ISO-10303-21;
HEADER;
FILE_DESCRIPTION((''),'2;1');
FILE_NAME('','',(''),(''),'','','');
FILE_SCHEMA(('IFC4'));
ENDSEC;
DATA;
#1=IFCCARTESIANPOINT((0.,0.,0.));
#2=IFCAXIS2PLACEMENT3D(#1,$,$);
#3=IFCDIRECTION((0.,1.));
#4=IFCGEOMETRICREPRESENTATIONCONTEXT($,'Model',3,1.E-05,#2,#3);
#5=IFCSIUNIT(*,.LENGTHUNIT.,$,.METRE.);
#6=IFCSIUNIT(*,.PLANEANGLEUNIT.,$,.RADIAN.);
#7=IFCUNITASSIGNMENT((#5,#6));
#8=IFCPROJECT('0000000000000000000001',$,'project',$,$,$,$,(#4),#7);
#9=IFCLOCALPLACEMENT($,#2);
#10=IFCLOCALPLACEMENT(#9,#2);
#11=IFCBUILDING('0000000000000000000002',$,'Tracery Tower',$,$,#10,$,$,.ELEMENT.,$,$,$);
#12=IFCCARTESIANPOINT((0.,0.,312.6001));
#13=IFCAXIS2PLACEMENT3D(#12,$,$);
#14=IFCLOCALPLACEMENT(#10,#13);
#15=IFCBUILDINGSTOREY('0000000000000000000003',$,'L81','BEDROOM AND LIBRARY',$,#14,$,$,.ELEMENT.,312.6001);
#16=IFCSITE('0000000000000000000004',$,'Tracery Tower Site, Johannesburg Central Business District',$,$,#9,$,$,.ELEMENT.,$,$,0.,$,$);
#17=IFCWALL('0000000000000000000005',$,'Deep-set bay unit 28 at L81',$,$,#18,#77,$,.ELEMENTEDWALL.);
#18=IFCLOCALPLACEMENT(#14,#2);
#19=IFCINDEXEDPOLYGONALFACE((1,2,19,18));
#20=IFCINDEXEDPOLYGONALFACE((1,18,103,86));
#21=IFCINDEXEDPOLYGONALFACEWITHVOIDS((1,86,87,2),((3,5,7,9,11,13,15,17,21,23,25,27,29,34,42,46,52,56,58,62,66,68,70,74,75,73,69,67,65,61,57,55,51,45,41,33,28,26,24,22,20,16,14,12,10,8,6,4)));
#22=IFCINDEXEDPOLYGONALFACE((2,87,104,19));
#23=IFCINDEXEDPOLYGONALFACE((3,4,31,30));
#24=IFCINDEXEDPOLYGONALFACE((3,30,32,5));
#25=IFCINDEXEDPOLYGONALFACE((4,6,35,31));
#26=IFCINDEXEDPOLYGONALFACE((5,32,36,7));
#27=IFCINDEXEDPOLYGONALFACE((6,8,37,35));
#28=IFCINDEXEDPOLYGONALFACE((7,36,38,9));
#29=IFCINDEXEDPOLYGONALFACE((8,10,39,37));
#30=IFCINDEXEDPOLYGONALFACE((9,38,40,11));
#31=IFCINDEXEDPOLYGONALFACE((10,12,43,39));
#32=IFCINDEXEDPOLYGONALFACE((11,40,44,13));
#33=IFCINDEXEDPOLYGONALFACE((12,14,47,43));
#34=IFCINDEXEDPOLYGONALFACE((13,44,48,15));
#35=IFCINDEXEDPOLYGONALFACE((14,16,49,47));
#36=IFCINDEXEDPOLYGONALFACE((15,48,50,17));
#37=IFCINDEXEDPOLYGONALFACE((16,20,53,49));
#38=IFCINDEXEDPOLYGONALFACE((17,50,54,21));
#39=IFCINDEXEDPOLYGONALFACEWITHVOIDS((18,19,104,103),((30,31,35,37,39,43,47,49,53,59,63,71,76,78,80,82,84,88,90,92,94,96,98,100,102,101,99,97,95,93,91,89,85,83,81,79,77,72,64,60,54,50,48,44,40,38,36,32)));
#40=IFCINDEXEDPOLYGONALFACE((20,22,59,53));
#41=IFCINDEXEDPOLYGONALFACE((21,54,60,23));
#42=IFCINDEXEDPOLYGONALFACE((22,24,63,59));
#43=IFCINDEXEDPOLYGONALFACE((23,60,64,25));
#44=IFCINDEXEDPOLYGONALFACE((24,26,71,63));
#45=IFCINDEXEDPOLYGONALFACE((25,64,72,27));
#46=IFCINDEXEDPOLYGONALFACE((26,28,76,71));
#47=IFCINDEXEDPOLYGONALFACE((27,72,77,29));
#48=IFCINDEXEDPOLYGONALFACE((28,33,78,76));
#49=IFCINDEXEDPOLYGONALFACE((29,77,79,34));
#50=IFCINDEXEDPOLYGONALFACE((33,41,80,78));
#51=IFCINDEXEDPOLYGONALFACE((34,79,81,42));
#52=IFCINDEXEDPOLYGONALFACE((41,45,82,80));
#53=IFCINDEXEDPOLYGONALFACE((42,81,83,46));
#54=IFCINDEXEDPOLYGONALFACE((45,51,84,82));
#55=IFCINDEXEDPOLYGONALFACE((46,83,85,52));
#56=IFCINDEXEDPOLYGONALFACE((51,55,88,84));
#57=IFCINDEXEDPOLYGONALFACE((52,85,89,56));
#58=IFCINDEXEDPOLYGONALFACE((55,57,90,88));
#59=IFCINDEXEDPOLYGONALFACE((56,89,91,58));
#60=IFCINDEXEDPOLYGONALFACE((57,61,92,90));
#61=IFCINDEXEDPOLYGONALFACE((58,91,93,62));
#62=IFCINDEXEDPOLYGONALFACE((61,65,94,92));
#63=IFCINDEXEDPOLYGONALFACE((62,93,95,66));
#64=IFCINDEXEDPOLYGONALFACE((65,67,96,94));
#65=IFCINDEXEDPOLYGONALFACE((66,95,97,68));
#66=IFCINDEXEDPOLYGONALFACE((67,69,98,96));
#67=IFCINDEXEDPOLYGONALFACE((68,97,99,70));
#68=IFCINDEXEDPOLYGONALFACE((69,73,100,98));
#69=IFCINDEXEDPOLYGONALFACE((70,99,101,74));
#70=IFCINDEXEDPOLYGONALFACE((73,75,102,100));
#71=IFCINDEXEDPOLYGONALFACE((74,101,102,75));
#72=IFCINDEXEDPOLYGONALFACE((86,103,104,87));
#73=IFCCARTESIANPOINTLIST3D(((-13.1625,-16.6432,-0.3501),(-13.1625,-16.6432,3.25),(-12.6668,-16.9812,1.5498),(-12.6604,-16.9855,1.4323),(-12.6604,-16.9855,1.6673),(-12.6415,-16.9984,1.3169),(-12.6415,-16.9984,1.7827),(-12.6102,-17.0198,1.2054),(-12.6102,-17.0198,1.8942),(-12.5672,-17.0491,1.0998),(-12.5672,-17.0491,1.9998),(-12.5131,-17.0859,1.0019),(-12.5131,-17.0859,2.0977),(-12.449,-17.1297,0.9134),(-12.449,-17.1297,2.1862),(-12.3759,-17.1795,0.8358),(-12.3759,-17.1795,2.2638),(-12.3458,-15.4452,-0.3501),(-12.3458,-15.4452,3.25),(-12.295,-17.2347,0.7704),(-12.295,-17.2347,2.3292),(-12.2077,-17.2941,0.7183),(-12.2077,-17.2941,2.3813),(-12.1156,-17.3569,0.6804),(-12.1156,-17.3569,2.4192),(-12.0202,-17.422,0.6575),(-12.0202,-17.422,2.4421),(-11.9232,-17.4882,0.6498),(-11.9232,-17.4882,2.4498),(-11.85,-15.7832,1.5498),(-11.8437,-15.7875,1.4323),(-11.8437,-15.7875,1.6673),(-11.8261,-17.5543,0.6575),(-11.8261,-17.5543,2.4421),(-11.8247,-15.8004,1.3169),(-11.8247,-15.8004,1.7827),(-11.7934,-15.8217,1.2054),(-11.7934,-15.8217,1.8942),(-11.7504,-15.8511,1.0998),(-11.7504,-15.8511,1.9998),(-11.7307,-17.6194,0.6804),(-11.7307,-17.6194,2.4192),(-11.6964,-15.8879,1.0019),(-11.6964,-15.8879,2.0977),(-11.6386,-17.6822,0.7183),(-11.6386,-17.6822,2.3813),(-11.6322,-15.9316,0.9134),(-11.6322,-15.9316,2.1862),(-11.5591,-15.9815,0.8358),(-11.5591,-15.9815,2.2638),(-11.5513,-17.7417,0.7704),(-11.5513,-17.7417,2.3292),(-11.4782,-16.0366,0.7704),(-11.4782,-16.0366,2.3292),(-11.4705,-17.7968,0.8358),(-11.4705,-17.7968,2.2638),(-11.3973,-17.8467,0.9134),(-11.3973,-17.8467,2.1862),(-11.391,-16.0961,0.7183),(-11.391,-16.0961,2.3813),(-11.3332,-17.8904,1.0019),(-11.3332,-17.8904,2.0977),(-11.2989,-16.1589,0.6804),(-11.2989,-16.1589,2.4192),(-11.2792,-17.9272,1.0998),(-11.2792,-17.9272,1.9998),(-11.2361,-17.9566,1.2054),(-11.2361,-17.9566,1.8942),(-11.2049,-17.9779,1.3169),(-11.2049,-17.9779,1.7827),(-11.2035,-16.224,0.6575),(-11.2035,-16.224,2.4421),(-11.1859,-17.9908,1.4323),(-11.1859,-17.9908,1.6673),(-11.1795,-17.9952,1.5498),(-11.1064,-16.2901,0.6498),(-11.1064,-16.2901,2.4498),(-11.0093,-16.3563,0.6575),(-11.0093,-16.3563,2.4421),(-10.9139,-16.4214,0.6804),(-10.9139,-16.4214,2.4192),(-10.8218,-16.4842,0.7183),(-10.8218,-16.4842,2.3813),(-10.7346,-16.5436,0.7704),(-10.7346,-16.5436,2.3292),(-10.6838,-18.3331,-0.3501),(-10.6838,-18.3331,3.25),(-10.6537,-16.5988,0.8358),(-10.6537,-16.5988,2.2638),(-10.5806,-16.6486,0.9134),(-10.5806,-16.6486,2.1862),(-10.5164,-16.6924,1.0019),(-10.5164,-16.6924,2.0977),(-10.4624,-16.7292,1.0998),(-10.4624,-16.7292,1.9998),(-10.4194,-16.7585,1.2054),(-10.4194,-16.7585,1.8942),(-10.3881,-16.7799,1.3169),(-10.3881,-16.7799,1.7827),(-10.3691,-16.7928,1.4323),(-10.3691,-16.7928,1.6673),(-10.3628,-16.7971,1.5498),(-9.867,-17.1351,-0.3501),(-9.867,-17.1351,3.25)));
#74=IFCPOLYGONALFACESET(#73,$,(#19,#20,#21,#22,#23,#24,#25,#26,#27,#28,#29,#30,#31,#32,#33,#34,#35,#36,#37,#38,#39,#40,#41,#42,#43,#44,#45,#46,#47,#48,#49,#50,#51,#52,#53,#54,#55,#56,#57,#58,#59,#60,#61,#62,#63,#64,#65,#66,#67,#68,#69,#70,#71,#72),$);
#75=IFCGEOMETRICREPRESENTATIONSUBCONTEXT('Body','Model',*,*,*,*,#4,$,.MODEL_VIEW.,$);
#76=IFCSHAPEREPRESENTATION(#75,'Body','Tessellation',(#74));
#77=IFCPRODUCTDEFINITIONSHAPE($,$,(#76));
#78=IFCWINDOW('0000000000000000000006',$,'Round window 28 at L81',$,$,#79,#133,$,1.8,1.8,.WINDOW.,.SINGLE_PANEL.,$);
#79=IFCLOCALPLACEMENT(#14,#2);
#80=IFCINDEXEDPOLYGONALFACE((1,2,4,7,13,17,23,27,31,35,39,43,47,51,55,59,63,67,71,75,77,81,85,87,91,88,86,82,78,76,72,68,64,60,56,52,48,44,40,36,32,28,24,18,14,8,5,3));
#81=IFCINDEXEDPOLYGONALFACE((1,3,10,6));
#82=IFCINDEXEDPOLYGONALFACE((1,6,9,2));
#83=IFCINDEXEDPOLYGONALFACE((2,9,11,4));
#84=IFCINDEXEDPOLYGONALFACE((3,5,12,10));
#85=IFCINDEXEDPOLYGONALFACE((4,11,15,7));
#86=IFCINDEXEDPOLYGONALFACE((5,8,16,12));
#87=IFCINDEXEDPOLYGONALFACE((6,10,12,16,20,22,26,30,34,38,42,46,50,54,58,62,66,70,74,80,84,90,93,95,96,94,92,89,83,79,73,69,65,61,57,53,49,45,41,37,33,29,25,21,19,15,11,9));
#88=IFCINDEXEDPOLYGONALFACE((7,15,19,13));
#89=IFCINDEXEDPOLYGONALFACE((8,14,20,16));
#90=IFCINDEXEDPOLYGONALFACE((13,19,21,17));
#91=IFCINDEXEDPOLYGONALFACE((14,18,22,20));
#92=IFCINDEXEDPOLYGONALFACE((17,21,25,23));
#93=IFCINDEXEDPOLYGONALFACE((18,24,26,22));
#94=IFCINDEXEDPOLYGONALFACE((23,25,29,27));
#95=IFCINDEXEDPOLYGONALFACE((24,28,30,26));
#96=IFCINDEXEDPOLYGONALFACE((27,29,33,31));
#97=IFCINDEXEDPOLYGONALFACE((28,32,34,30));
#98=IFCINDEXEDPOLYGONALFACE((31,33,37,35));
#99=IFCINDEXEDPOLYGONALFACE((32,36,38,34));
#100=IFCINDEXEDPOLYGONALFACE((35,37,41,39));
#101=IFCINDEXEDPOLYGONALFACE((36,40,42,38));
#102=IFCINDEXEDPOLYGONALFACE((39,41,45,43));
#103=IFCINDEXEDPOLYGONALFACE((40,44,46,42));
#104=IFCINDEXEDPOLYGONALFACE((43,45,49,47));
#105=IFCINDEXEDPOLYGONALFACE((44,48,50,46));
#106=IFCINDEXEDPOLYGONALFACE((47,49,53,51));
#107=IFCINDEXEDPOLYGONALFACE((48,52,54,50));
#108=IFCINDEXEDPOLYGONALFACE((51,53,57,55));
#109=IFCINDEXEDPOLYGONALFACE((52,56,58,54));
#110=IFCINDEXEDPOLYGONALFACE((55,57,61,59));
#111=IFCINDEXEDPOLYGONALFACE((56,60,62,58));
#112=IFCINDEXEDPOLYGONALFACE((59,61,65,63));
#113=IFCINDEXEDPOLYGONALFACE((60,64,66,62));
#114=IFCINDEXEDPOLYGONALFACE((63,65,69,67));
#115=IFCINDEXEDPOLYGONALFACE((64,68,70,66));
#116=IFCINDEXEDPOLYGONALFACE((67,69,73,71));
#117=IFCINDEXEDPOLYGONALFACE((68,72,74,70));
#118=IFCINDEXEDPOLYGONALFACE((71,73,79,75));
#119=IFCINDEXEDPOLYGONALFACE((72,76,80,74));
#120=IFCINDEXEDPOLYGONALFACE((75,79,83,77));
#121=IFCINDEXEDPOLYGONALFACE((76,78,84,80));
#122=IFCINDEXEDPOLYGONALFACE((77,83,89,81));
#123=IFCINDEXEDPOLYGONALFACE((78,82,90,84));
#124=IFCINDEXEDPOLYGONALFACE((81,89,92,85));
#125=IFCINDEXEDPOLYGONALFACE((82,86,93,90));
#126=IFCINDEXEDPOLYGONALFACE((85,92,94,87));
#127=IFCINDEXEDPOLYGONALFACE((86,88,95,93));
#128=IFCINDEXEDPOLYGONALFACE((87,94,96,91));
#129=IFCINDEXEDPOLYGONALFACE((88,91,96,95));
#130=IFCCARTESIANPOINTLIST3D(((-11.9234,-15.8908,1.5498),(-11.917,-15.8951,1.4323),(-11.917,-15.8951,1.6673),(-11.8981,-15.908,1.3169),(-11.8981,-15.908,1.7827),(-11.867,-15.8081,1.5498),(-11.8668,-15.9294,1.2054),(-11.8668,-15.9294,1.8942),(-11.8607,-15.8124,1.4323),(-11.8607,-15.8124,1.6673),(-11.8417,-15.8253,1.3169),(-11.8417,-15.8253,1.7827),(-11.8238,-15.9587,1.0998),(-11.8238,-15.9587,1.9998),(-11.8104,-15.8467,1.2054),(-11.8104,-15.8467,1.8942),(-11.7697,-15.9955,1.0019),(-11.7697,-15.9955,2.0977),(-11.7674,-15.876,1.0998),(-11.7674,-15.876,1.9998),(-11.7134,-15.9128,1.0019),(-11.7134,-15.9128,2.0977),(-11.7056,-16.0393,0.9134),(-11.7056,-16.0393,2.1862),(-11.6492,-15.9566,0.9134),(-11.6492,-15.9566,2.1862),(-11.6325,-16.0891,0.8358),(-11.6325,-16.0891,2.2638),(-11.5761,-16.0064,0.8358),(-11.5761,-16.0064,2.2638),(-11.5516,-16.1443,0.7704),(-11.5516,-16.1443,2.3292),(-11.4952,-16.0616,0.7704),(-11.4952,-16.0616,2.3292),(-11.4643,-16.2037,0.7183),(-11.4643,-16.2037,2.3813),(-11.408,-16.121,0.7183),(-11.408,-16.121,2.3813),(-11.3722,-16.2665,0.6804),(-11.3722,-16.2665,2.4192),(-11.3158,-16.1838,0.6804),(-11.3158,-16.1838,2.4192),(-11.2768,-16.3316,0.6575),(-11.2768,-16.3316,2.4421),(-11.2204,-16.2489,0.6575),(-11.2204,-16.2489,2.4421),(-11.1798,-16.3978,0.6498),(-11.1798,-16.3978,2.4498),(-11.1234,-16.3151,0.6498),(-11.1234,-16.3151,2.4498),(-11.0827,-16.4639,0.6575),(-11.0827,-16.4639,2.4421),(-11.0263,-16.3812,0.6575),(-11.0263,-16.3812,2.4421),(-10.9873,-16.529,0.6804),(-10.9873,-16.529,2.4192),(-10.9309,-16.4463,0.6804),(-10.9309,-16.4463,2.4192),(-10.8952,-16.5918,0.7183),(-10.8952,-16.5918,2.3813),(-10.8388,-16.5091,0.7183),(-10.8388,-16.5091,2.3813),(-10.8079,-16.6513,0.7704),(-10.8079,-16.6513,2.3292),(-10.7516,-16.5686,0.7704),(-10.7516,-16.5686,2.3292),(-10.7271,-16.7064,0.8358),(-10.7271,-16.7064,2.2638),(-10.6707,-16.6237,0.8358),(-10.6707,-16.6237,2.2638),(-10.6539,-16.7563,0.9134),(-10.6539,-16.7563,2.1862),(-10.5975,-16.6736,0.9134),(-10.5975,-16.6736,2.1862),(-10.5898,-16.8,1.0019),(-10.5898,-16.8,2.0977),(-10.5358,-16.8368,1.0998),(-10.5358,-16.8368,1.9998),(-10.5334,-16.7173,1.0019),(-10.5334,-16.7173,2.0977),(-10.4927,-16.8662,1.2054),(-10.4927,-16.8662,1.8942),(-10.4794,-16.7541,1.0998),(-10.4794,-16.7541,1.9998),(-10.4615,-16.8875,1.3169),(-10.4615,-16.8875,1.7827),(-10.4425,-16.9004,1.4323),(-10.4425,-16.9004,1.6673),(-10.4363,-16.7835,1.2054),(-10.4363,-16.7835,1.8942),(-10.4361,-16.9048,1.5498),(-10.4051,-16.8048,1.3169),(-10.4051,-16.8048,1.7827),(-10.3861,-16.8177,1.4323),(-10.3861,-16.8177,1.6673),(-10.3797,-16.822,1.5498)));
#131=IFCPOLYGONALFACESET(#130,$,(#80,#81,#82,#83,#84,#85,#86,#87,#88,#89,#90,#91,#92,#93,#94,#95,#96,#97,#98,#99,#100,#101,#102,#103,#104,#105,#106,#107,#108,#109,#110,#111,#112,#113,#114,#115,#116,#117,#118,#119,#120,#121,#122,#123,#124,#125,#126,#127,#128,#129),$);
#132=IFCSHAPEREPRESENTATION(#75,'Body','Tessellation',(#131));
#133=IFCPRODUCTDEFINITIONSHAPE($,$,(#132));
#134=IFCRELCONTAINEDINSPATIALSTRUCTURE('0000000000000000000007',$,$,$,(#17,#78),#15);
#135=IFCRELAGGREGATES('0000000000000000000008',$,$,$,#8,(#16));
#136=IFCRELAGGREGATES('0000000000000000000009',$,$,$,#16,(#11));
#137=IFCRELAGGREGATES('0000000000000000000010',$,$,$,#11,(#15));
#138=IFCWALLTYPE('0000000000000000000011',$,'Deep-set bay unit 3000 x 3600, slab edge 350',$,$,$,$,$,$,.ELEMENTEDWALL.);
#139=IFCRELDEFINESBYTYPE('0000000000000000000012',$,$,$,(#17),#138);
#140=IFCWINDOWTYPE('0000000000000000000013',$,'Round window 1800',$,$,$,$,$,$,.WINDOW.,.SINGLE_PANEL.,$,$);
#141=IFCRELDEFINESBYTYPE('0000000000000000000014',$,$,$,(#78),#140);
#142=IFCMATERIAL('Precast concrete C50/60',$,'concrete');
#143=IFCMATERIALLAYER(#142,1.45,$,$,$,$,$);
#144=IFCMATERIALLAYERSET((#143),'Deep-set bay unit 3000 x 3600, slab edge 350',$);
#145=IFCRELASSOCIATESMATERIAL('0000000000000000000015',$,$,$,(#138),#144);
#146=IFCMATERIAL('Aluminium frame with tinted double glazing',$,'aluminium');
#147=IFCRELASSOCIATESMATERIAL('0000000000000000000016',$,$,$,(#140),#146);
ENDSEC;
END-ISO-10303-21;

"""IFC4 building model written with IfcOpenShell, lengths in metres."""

from ifc_helpers import new_model, si_unit, direction, frame, frame_2d, origin, origin_2d, place, context, subcontext, project, spatial, rectangle, circle, extrude, material, layer, layer_set, type_object, element, fill, save


model = new_model("IFC4")

# Units and contexts
model_context = context("Model", 3, precision=1e-05, world=origin(), true_north=direction((0.0, 1.0)))
body_context = subcontext(model_context, "Body", "Model", "MODEL_VIEW")
ifc_project = project(units=[si_unit("LENGTHUNIT", "METRE"), si_unit("PLANEANGLEUNIT", "RADIAN")], contexts=[model_context])

# Site, building, storey
site_placement = place(None, origin())
site = spatial("IfcSite", under=ifc_project, at=site_placement, Name="Tracery Tower Site, Johannesburg Central Business District", CompositionType="ELEMENT", RefElevation=0.0)
building_placement = place(site_placement, origin())
building = spatial("IfcBuilding", under=site, at=building_placement, Name="Tracery Tower", CompositionType="ELEMENT")
storey_placement = place(building_placement, frame((0.0, 0.0, 312.6001)))
storey = spatial("IfcBuildingStorey", under=building, at=storey_placement, Name="L81", Description="BEDROOM AND LIBRARY", CompositionType="ELEMENT", Elevation=312.6001)

# Wall, opening, window
ifc_material_1 = material(Name="Precast concrete C50/60", Category="concrete")
ifc_layer_1 = layer(ifc_material_1, 1.45)
ifc_layer_set_1 = layer_set([ifc_layer_1], Name="Deep-set bay unit 3000 x 3600, slab edge 350")
wall_type_1 = type_object("IfcWallType", Name="Deep-set bay unit 3000 x 3600, slab edge 350", PredefinedType="ELEMENTEDWALL", material=ifc_layer_set_1)
ifc_material_2 = material(Name="Aluminium frame with tinted double glazing", Category="aluminium")
window_type = type_object("IfcWindowType", Name="Round window 1800", PartitioningType="SINGLE_PANEL", PredefinedType="WINDOW", material=ifc_material_2)
wall_1_placement = place(storey_placement, frame((-12.7542, -16.0442, -0.3501), z_axis=(0.0, 0.0, 1.0), x_axis=(0.826246, -0.563309, 0.0)))
wall_1 = element("IfcWall", 1, at=wall_1_placement, inside=storey, type_object=wall_type_1, Name="Deep-set bay unit 28 at L81", PredefinedType="ELEMENTEDWALL", context=body_context, shape_type="SweptSolid", body=[
    extrude(rectangle(XDim=3.0, YDim=1.45, at=frame_2d((1.5, 0.0))), origin(), (0.0, 0.0, 1.0), 3.6001),
])
opening_1_placement = place(wall_1_placement, frame((1.5, 0.0, 1.8999)))
opening_1 = element("IfcOpeningElement", 2, at=opening_1_placement, cuts=wall_1, PredefinedType="OPENING", context=body_context, shape_type="SweptSolid", body=[
    extrude(circle(Radius=0.9, at=origin_2d()), frame((0.0, 0.7349, 0.0), z_axis=(0.0, -1.0, 0.0), x_axis=(1.0, 0.0, 0.0)), (0.0, 0.0, 1.0), 1.47),
])
window_1_placement = place(opening_1_placement, origin())
window_1 = element("IfcWindow", 3, at=window_1_placement, inside=storey, type_object=window_type, Name="Round window 28 at L81", OverallHeight=1.8, OverallWidth=1.8, PartitioningType="SINGLE_PANEL", PredefinedType="WINDOW", context=body_context, shape_type="SweptSolid", body=[
    extrude(circle(Radius=0.9, at=origin_2d()), frame((0.0, 0.6948, 0.0), z_axis=(0.0, -1.0, 0.0), x_axis=(1.0, 0.0, 0.0)), (0.0, 0.0, 1.0), 0.1001),
])
fill(opening_1, window_1)

save(model, "model.ifc")
